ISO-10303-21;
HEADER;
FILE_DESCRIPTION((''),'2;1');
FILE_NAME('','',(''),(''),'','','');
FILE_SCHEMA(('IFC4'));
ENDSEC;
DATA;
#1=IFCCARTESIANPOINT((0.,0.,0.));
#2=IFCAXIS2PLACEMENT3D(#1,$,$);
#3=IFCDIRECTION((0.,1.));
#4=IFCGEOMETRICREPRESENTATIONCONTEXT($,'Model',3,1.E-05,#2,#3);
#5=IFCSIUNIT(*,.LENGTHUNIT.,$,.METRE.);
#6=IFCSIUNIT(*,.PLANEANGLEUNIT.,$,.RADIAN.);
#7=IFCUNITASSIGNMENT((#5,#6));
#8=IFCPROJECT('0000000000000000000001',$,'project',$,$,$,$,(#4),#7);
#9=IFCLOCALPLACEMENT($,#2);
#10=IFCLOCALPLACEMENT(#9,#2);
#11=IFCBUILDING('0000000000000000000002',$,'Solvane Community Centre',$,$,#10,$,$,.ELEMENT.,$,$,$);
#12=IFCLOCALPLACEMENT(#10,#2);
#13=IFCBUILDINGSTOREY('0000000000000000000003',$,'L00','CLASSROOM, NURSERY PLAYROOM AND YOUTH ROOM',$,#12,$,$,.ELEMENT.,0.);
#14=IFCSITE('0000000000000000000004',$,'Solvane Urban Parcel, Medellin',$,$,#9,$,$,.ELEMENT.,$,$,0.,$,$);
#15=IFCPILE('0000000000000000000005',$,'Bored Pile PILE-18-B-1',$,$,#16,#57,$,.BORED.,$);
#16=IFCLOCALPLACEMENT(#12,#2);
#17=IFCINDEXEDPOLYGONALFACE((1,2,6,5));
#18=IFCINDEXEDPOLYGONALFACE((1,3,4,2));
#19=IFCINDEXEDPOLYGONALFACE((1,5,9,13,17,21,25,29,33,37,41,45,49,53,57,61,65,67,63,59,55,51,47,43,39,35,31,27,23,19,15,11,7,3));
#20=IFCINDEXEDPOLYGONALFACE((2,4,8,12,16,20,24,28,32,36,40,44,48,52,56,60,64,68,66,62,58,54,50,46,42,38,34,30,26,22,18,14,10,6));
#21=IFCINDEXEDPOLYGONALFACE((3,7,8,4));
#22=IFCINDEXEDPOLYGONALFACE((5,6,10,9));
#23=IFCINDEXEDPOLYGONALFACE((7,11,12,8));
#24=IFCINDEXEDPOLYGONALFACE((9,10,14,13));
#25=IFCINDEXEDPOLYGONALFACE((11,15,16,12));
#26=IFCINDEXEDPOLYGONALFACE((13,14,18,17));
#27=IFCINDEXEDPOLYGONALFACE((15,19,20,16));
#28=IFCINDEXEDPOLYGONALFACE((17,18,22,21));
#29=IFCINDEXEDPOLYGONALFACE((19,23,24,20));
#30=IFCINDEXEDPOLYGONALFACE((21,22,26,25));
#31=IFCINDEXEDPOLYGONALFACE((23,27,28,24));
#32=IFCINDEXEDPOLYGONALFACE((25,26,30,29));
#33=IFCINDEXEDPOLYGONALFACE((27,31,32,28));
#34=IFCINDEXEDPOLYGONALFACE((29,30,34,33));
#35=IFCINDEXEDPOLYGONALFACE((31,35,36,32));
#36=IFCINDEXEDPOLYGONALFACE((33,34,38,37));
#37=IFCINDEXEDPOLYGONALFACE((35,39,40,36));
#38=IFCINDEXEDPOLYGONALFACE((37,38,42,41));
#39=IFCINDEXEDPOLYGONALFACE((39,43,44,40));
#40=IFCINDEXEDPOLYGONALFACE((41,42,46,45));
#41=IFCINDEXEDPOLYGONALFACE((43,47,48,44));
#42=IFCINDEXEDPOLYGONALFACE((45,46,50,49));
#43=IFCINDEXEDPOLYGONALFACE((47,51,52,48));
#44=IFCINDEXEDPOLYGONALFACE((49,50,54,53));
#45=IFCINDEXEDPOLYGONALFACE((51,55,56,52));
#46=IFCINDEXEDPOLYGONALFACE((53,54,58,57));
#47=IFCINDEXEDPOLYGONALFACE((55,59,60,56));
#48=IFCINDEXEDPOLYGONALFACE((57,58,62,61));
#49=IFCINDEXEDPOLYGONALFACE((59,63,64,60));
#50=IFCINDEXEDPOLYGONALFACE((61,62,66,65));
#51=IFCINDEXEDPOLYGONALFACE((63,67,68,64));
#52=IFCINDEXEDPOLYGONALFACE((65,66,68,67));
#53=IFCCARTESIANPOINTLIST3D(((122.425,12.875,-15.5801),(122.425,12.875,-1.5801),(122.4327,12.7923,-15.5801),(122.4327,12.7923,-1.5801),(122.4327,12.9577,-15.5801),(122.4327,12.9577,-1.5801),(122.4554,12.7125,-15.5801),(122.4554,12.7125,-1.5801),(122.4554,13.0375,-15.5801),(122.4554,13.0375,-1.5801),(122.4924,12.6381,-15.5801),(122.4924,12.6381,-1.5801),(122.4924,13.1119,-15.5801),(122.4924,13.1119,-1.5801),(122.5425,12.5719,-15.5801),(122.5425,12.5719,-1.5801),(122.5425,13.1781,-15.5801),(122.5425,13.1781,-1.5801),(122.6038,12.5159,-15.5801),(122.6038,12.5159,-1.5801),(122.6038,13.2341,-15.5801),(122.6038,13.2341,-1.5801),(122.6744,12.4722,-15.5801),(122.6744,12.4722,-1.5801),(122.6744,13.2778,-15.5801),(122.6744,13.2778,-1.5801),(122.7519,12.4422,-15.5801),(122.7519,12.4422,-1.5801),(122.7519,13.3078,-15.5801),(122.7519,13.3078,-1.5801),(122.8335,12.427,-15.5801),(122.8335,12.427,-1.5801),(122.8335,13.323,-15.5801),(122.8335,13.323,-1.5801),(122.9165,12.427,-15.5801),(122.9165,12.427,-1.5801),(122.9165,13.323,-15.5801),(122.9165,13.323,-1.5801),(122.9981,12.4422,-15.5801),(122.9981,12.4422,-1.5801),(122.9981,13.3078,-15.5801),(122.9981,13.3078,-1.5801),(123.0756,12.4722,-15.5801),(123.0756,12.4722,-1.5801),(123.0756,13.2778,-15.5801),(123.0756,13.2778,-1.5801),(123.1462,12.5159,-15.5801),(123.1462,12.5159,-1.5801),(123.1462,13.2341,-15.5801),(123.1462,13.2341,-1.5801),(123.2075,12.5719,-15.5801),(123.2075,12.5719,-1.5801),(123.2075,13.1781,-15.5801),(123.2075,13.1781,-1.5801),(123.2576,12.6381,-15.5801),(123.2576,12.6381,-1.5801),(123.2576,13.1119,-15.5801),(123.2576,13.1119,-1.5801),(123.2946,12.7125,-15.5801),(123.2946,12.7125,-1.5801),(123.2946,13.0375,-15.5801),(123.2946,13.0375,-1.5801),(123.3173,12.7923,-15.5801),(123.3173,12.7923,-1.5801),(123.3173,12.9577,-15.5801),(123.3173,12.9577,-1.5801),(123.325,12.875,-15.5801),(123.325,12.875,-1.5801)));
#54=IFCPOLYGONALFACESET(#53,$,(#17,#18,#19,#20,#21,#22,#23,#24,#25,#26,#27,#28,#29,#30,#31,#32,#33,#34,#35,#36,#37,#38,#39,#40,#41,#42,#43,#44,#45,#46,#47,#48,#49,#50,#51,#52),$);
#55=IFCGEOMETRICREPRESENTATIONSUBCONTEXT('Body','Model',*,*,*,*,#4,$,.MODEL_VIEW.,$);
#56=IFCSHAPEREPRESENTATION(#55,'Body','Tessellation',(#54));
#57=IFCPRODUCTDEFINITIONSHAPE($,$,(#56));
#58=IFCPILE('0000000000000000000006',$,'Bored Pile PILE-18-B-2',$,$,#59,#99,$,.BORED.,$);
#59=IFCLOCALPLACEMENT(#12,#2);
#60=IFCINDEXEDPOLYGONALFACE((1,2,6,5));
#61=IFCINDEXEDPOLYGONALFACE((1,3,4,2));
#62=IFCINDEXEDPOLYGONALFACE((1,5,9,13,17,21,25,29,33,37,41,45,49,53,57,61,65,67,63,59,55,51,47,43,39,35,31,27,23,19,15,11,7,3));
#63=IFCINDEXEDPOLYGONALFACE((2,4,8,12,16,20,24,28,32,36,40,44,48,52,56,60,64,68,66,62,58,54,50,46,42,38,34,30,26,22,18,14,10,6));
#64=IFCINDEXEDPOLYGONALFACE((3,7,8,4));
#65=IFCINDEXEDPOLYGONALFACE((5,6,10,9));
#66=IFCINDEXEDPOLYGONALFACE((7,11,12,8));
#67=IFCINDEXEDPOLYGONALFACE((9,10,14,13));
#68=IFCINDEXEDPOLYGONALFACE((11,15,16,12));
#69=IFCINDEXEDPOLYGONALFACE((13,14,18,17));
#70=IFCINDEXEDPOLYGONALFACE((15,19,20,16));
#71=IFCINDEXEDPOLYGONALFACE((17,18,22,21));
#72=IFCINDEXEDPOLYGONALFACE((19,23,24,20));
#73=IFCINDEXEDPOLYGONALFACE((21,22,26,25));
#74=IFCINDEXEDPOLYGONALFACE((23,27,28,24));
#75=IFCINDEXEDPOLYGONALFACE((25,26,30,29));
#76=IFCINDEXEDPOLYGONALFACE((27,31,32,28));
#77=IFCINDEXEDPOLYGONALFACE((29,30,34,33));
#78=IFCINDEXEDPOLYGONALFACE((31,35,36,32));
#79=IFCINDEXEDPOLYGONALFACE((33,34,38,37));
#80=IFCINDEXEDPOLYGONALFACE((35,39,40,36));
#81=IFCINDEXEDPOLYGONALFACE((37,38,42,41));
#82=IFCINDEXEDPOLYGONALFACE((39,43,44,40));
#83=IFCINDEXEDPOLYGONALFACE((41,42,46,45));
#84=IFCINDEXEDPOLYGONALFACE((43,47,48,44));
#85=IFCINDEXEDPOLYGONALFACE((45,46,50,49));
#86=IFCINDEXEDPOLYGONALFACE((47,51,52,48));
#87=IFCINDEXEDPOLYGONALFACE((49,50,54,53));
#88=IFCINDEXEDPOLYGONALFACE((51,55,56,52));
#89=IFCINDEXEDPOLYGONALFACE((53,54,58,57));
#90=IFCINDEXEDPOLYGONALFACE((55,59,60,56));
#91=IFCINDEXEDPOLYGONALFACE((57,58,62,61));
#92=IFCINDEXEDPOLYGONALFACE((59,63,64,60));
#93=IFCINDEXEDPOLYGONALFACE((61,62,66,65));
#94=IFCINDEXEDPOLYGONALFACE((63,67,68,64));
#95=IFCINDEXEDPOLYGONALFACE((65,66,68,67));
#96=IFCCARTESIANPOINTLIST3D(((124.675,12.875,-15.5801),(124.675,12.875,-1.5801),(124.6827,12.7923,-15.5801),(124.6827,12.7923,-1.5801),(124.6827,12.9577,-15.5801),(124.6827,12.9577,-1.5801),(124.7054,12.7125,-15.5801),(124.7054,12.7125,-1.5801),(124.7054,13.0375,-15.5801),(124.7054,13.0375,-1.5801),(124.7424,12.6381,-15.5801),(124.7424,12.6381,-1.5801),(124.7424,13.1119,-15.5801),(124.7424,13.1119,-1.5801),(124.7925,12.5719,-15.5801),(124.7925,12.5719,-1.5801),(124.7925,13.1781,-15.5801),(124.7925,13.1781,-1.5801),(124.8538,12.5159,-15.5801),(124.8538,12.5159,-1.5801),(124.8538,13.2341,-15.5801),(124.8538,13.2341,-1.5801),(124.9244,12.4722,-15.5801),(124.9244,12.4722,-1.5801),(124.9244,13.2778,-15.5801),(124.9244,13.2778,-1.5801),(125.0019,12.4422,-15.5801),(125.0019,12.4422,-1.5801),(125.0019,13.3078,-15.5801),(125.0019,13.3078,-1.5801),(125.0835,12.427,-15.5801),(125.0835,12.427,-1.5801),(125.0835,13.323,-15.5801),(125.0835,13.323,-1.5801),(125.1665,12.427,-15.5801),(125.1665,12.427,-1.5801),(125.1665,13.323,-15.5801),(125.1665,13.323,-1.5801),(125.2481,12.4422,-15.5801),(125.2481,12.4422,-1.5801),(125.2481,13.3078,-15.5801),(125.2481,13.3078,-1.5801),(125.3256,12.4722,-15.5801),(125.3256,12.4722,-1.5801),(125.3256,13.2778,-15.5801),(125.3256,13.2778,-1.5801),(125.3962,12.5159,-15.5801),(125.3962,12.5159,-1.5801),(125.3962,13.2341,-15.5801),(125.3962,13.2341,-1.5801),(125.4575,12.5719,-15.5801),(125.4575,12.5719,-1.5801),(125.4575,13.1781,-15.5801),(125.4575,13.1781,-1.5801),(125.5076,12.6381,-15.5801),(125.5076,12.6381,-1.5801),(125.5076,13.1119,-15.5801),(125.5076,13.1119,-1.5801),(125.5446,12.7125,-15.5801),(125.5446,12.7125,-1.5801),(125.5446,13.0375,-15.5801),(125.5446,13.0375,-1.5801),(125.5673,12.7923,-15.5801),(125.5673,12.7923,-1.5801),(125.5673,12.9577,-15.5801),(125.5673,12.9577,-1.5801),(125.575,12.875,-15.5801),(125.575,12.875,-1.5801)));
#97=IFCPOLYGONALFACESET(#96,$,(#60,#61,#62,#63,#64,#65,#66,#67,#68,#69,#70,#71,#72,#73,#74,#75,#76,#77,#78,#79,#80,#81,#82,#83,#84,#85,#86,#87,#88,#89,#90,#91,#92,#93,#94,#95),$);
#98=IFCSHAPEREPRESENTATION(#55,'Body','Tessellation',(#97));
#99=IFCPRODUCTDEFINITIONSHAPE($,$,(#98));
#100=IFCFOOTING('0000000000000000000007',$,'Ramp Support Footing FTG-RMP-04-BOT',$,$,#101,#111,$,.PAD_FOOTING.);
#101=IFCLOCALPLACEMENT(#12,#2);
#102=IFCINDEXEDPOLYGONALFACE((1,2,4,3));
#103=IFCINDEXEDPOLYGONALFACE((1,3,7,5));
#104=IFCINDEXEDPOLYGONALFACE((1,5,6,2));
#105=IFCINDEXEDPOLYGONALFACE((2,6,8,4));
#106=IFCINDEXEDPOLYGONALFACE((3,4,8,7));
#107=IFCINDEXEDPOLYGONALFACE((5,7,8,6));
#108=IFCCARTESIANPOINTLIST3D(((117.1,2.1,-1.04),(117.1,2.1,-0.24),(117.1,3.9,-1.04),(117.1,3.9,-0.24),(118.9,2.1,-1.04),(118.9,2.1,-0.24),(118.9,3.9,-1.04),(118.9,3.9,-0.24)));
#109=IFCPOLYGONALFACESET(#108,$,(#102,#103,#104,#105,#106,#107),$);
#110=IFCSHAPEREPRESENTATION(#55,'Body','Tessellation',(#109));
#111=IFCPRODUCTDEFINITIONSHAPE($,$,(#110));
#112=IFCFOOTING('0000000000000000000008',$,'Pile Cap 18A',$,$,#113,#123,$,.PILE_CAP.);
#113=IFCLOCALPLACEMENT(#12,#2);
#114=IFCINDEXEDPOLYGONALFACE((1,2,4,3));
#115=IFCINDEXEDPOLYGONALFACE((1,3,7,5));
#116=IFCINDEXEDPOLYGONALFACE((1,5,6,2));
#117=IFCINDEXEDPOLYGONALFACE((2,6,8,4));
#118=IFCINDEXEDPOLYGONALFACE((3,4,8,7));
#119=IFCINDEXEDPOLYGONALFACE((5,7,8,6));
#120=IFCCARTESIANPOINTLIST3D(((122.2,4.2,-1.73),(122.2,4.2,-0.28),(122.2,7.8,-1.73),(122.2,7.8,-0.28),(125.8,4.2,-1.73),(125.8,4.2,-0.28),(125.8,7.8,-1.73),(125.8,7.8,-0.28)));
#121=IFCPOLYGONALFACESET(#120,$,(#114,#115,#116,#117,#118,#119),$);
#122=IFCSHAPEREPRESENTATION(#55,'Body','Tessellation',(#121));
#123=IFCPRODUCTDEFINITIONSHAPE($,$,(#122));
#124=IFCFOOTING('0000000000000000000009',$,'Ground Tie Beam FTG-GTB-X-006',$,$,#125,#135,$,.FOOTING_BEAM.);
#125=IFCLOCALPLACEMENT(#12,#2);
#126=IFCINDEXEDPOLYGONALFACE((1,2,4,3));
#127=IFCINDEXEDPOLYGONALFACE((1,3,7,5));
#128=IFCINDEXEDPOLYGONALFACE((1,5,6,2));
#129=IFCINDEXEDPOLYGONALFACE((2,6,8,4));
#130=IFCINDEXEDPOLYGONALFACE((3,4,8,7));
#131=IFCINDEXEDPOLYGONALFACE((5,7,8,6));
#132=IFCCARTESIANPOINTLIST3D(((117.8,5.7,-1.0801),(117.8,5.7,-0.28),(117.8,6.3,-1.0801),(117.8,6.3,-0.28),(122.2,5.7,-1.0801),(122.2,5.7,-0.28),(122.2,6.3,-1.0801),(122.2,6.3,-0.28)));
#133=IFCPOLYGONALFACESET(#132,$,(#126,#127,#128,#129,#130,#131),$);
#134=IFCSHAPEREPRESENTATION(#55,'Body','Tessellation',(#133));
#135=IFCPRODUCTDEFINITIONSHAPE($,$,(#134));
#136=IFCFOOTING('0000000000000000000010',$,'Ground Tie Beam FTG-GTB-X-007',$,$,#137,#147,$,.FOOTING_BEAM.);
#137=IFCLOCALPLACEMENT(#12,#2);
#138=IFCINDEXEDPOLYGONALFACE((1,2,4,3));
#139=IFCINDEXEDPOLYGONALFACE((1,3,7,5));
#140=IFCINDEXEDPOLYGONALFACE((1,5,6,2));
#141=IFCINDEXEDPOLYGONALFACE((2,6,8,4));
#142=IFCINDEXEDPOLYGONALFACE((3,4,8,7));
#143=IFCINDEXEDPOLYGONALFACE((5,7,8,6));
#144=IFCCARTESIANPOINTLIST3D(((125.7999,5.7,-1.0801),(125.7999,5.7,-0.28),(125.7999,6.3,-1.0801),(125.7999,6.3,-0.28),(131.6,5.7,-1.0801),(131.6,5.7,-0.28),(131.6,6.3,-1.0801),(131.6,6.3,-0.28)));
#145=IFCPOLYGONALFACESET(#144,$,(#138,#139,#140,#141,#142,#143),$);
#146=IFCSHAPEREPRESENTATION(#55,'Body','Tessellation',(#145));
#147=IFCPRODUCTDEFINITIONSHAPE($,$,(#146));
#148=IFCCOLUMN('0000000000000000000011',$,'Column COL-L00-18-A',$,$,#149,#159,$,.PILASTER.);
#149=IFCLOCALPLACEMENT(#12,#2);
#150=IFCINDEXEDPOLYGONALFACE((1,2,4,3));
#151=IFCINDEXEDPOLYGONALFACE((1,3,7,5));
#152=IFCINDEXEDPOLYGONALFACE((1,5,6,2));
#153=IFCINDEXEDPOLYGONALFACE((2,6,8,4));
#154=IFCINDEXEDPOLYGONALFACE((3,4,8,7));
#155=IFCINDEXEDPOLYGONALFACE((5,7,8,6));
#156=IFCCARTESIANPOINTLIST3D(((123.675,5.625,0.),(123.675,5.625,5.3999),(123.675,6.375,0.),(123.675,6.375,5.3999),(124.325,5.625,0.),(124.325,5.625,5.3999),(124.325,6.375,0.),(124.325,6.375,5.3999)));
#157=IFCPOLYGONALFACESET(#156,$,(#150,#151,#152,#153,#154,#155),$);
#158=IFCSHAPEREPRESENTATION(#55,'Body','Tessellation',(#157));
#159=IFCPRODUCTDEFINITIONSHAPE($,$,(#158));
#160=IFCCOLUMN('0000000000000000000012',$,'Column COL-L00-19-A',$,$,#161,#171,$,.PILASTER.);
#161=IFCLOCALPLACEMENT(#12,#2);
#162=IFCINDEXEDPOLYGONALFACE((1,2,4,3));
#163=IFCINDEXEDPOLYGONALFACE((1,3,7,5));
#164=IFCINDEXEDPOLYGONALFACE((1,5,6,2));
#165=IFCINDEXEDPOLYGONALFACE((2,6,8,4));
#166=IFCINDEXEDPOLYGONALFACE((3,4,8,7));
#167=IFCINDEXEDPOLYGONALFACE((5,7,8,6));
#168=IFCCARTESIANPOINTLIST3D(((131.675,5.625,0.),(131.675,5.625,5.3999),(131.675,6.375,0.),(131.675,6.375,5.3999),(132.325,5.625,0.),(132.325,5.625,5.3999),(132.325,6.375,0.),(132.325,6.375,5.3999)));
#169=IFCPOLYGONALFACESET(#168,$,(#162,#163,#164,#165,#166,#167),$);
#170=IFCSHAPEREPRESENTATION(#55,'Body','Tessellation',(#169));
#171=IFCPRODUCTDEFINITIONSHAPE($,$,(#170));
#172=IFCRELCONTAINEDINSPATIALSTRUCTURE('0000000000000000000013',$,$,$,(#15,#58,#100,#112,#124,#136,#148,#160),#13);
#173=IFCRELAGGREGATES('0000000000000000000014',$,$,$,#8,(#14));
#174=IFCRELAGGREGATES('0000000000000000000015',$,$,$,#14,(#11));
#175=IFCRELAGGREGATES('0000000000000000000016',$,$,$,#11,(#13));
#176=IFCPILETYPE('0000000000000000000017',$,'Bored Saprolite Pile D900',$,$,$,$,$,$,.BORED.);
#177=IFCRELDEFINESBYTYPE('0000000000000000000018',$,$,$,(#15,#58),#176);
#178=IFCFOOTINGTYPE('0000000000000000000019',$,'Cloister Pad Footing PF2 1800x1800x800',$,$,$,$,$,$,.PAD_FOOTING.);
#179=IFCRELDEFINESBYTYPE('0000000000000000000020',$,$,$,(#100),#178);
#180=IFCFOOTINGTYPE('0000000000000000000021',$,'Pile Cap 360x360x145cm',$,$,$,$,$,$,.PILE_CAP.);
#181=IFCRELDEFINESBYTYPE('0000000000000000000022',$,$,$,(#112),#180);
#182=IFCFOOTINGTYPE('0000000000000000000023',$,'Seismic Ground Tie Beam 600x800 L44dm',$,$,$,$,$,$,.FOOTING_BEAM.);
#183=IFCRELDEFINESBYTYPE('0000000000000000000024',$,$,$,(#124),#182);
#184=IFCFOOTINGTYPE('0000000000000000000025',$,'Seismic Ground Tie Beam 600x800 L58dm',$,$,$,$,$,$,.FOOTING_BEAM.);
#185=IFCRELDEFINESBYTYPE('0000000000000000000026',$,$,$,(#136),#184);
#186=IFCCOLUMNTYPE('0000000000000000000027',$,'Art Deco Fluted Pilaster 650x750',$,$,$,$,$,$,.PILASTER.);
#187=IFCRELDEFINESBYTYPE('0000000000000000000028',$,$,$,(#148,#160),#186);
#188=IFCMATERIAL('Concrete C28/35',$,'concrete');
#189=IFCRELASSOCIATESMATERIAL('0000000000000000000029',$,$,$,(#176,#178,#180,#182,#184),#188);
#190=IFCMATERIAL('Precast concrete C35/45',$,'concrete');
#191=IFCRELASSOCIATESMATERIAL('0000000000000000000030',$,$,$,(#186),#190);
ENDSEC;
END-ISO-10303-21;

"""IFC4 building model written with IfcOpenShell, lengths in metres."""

from ifc_helpers import new_model, si_unit, direction, frame, origin, origin_2d, place, context, subcontext, project, spatial, rectangle, circle, extrude, material, material_profile, profile_set, type_object, element, save


model = new_model("IFC4")

# Units and contexts
model_context = context("Model", 3, precision=1e-05, world=origin(), true_north=direction((0.0, 1.0)))
body_context = subcontext(model_context, "Body", "Model", "MODEL_VIEW")
ifc_project = project(units=[si_unit("LENGTHUNIT", "METRE"), si_unit("PLANEANGLEUNIT", "RADIAN")], contexts=[model_context])

# Site, building, storey
site_placement = place(None, origin())
site = spatial("IfcSite", under=ifc_project, at=site_placement, Name="Solvane Urban Parcel, Medellin", CompositionType="ELEMENT", RefElevation=0.0)
building_placement = place(site_placement, origin())
building = spatial("IfcBuilding", under=site, at=building_placement, Name="Solvane Community Centre", CompositionType="ELEMENT")
storey_placement = place(building_placement, origin())
storey = spatial("IfcBuildingStorey", under=building, at=storey_placement, Name="L00", Description="CLASSROOM, NURSERY PLAYROOM AND YOUTH ROOM", CompositionType="ELEMENT", Elevation=0.0)

# Piles
ifc_material_1 = material(Name="Concrete C28/35", Category="concrete")
ifc_material_profile_1 = material_profile(ifc_material_1, circle(Radius=0.45, at=origin_2d()), Name="PILE D900")
ifc_profile_set_1 = profile_set([ifc_material_profile_1], Name="Concrete C28/35")
pile_type = type_object("IfcPileType", Name="Bored Saprolite Pile D900", PredefinedType="BORED", material=ifc_profile_set_1)
for number, where, z_axis, x_axis, name in (
    (1, (122.875, 12.875, -1.5801), (0.0, 0.0, -1.0), (1.0, 0.0, 0.0), "Bored Pile PILE-18-B-1"),
    (2, (125.125, 12.875, -1.5801), (0.0, 0.0, -1.0), (1.0, 0.0, 0.0), "Bored Pile PILE-18-B-2"),
):
    element("IfcPile", number, at=place(storey_placement, frame(where, z_axis=z_axis, x_axis=x_axis)), inside=storey, type_object=pile_type, Name=name, PredefinedType="BORED", context=body_context, shape_type="SweptSolid", body=[
        extrude(circle(Radius=0.45, at=origin_2d()), origin(), (0.0, 0.0, 1.0), 14.0),
    ])

# Footings
footing_type_1 = type_object("IfcFootingType", Name="Cloister Pad Footing PF2 1800x1800x800", PredefinedType="PAD_FOOTING", material=ifc_material_1)
footing_1_placement = place(storey_placement, frame((118.0, 3.0, -1.04), z_axis=(0.0, 0.0, 1.0), x_axis=(1.0, 0.0, 0.0)))
element("IfcFooting", 3, at=footing_1_placement, inside=storey, type_object=footing_type_1, Name="Ramp Support Footing FTG-RMP-04-BOT", PredefinedType="PAD_FOOTING", context=body_context, shape_type="SweptSolid", body=[
    extrude(rectangle(XDim=1.8, YDim=1.8, at=origin_2d()), origin(), (0.0, 0.0, 1.0), 0.8),
])
footing_type_2 = type_object("IfcFootingType", Name="Pile Cap 360x360x145cm", PredefinedType="PILE_CAP", material=ifc_material_1)
footing_2_placement = place(storey_placement, frame((124.0, 6.0, -1.73), z_axis=(0.0, 0.0, 1.0), x_axis=(1.0, 0.0, 0.0)))
element("IfcFooting", 4, at=footing_2_placement, inside=storey, type_object=footing_type_2, Name="Pile Cap 18A", PredefinedType="PILE_CAP", context=body_context, shape_type="SweptSolid", body=[
    extrude(rectangle(XDim=3.6001, YDim=3.6001, at=origin_2d()), origin(), (0.0, 0.0, 1.0), 1.45),
])
footing_type_3 = type_object("IfcFootingType", Name="Seismic Ground Tie Beam 600x800 L44dm", PredefinedType="FOOTING_BEAM", material=ifc_material_1)
footing_3_placement = place(storey_placement, frame((120.0, 6.0, -1.0801), z_axis=(0.0, 0.0, 1.0), x_axis=(1.0, 0.0, 0.0)))
element("IfcFooting", 5, at=footing_3_placement, inside=storey, type_object=footing_type_3, Name="Ground Tie Beam FTG-GTB-X-006", PredefinedType="FOOTING_BEAM", context=body_context, shape_type="SweptSolid", body=[
    extrude(rectangle(XDim=4.3999, YDim=0.6001, at=origin_2d()), origin(), (0.0, 0.0, 1.0), 0.8),
])
footing_type_4 = type_object("IfcFootingType", Name="Seismic Ground Tie Beam 600x800 L58dm", PredefinedType="FOOTING_BEAM", material=ifc_material_1)
footing_4_placement = place(storey_placement, frame((128.7, 6.0, -1.0801), z_axis=(0.0, 0.0, 1.0), x_axis=(1.0, 0.0, 0.0)))
element("IfcFooting", 6, at=footing_4_placement, inside=storey, type_object=footing_type_4, Name="Ground Tie Beam FTG-GTB-X-007", PredefinedType="FOOTING_BEAM", context=body_context, shape_type="SweptSolid", body=[
    extrude(rectangle(XDim=5.8, YDim=0.6001, at=origin_2d()), origin(), (0.0, 0.0, 1.0), 0.8),
])

# Columns
ifc_material_2 = material(Name="Precast concrete C35/45", Category="concrete")
ifc_material_profile_2 = material_profile(ifc_material_2, rectangle(XDim=0.6499, YDim=0.75, at=origin_2d()), Name="RC 650x750")
ifc_profile_set_2 = profile_set([ifc_material_profile_2], Name="Precast concrete C35/45")
column_type = type_object("IfcColumnType", Name="Art Deco Fluted Pilaster 650x750", PredefinedType="PILASTER", material=ifc_profile_set_2)
for number, where, z_axis, x_axis, name in (
    (7, (124.0, 6.0, 0.0), (0.0, 0.0, 1.0), (1.0, 0.0, 0.0), "Column COL-L00-18-A"),
    (8, (132.0, 6.0, 0.0), (0.0, 0.0, 1.0), (1.0, 0.0, 0.0), "Column COL-L00-19-A"),
):
    element("IfcColumn", number, at=place(storey_placement, frame(where, z_axis=z_axis, x_axis=x_axis)), inside=storey, type_object=column_type, Name=name, PredefinedType="PILASTER", context=body_context, shape_type="SweptSolid", body=[
        extrude(rectangle(XDim=0.6499, YDim=0.75, at=origin_2d()), origin(), (0.0, 0.0, 1.0), 5.3999),
    ])

save(model, "model.ifc")
